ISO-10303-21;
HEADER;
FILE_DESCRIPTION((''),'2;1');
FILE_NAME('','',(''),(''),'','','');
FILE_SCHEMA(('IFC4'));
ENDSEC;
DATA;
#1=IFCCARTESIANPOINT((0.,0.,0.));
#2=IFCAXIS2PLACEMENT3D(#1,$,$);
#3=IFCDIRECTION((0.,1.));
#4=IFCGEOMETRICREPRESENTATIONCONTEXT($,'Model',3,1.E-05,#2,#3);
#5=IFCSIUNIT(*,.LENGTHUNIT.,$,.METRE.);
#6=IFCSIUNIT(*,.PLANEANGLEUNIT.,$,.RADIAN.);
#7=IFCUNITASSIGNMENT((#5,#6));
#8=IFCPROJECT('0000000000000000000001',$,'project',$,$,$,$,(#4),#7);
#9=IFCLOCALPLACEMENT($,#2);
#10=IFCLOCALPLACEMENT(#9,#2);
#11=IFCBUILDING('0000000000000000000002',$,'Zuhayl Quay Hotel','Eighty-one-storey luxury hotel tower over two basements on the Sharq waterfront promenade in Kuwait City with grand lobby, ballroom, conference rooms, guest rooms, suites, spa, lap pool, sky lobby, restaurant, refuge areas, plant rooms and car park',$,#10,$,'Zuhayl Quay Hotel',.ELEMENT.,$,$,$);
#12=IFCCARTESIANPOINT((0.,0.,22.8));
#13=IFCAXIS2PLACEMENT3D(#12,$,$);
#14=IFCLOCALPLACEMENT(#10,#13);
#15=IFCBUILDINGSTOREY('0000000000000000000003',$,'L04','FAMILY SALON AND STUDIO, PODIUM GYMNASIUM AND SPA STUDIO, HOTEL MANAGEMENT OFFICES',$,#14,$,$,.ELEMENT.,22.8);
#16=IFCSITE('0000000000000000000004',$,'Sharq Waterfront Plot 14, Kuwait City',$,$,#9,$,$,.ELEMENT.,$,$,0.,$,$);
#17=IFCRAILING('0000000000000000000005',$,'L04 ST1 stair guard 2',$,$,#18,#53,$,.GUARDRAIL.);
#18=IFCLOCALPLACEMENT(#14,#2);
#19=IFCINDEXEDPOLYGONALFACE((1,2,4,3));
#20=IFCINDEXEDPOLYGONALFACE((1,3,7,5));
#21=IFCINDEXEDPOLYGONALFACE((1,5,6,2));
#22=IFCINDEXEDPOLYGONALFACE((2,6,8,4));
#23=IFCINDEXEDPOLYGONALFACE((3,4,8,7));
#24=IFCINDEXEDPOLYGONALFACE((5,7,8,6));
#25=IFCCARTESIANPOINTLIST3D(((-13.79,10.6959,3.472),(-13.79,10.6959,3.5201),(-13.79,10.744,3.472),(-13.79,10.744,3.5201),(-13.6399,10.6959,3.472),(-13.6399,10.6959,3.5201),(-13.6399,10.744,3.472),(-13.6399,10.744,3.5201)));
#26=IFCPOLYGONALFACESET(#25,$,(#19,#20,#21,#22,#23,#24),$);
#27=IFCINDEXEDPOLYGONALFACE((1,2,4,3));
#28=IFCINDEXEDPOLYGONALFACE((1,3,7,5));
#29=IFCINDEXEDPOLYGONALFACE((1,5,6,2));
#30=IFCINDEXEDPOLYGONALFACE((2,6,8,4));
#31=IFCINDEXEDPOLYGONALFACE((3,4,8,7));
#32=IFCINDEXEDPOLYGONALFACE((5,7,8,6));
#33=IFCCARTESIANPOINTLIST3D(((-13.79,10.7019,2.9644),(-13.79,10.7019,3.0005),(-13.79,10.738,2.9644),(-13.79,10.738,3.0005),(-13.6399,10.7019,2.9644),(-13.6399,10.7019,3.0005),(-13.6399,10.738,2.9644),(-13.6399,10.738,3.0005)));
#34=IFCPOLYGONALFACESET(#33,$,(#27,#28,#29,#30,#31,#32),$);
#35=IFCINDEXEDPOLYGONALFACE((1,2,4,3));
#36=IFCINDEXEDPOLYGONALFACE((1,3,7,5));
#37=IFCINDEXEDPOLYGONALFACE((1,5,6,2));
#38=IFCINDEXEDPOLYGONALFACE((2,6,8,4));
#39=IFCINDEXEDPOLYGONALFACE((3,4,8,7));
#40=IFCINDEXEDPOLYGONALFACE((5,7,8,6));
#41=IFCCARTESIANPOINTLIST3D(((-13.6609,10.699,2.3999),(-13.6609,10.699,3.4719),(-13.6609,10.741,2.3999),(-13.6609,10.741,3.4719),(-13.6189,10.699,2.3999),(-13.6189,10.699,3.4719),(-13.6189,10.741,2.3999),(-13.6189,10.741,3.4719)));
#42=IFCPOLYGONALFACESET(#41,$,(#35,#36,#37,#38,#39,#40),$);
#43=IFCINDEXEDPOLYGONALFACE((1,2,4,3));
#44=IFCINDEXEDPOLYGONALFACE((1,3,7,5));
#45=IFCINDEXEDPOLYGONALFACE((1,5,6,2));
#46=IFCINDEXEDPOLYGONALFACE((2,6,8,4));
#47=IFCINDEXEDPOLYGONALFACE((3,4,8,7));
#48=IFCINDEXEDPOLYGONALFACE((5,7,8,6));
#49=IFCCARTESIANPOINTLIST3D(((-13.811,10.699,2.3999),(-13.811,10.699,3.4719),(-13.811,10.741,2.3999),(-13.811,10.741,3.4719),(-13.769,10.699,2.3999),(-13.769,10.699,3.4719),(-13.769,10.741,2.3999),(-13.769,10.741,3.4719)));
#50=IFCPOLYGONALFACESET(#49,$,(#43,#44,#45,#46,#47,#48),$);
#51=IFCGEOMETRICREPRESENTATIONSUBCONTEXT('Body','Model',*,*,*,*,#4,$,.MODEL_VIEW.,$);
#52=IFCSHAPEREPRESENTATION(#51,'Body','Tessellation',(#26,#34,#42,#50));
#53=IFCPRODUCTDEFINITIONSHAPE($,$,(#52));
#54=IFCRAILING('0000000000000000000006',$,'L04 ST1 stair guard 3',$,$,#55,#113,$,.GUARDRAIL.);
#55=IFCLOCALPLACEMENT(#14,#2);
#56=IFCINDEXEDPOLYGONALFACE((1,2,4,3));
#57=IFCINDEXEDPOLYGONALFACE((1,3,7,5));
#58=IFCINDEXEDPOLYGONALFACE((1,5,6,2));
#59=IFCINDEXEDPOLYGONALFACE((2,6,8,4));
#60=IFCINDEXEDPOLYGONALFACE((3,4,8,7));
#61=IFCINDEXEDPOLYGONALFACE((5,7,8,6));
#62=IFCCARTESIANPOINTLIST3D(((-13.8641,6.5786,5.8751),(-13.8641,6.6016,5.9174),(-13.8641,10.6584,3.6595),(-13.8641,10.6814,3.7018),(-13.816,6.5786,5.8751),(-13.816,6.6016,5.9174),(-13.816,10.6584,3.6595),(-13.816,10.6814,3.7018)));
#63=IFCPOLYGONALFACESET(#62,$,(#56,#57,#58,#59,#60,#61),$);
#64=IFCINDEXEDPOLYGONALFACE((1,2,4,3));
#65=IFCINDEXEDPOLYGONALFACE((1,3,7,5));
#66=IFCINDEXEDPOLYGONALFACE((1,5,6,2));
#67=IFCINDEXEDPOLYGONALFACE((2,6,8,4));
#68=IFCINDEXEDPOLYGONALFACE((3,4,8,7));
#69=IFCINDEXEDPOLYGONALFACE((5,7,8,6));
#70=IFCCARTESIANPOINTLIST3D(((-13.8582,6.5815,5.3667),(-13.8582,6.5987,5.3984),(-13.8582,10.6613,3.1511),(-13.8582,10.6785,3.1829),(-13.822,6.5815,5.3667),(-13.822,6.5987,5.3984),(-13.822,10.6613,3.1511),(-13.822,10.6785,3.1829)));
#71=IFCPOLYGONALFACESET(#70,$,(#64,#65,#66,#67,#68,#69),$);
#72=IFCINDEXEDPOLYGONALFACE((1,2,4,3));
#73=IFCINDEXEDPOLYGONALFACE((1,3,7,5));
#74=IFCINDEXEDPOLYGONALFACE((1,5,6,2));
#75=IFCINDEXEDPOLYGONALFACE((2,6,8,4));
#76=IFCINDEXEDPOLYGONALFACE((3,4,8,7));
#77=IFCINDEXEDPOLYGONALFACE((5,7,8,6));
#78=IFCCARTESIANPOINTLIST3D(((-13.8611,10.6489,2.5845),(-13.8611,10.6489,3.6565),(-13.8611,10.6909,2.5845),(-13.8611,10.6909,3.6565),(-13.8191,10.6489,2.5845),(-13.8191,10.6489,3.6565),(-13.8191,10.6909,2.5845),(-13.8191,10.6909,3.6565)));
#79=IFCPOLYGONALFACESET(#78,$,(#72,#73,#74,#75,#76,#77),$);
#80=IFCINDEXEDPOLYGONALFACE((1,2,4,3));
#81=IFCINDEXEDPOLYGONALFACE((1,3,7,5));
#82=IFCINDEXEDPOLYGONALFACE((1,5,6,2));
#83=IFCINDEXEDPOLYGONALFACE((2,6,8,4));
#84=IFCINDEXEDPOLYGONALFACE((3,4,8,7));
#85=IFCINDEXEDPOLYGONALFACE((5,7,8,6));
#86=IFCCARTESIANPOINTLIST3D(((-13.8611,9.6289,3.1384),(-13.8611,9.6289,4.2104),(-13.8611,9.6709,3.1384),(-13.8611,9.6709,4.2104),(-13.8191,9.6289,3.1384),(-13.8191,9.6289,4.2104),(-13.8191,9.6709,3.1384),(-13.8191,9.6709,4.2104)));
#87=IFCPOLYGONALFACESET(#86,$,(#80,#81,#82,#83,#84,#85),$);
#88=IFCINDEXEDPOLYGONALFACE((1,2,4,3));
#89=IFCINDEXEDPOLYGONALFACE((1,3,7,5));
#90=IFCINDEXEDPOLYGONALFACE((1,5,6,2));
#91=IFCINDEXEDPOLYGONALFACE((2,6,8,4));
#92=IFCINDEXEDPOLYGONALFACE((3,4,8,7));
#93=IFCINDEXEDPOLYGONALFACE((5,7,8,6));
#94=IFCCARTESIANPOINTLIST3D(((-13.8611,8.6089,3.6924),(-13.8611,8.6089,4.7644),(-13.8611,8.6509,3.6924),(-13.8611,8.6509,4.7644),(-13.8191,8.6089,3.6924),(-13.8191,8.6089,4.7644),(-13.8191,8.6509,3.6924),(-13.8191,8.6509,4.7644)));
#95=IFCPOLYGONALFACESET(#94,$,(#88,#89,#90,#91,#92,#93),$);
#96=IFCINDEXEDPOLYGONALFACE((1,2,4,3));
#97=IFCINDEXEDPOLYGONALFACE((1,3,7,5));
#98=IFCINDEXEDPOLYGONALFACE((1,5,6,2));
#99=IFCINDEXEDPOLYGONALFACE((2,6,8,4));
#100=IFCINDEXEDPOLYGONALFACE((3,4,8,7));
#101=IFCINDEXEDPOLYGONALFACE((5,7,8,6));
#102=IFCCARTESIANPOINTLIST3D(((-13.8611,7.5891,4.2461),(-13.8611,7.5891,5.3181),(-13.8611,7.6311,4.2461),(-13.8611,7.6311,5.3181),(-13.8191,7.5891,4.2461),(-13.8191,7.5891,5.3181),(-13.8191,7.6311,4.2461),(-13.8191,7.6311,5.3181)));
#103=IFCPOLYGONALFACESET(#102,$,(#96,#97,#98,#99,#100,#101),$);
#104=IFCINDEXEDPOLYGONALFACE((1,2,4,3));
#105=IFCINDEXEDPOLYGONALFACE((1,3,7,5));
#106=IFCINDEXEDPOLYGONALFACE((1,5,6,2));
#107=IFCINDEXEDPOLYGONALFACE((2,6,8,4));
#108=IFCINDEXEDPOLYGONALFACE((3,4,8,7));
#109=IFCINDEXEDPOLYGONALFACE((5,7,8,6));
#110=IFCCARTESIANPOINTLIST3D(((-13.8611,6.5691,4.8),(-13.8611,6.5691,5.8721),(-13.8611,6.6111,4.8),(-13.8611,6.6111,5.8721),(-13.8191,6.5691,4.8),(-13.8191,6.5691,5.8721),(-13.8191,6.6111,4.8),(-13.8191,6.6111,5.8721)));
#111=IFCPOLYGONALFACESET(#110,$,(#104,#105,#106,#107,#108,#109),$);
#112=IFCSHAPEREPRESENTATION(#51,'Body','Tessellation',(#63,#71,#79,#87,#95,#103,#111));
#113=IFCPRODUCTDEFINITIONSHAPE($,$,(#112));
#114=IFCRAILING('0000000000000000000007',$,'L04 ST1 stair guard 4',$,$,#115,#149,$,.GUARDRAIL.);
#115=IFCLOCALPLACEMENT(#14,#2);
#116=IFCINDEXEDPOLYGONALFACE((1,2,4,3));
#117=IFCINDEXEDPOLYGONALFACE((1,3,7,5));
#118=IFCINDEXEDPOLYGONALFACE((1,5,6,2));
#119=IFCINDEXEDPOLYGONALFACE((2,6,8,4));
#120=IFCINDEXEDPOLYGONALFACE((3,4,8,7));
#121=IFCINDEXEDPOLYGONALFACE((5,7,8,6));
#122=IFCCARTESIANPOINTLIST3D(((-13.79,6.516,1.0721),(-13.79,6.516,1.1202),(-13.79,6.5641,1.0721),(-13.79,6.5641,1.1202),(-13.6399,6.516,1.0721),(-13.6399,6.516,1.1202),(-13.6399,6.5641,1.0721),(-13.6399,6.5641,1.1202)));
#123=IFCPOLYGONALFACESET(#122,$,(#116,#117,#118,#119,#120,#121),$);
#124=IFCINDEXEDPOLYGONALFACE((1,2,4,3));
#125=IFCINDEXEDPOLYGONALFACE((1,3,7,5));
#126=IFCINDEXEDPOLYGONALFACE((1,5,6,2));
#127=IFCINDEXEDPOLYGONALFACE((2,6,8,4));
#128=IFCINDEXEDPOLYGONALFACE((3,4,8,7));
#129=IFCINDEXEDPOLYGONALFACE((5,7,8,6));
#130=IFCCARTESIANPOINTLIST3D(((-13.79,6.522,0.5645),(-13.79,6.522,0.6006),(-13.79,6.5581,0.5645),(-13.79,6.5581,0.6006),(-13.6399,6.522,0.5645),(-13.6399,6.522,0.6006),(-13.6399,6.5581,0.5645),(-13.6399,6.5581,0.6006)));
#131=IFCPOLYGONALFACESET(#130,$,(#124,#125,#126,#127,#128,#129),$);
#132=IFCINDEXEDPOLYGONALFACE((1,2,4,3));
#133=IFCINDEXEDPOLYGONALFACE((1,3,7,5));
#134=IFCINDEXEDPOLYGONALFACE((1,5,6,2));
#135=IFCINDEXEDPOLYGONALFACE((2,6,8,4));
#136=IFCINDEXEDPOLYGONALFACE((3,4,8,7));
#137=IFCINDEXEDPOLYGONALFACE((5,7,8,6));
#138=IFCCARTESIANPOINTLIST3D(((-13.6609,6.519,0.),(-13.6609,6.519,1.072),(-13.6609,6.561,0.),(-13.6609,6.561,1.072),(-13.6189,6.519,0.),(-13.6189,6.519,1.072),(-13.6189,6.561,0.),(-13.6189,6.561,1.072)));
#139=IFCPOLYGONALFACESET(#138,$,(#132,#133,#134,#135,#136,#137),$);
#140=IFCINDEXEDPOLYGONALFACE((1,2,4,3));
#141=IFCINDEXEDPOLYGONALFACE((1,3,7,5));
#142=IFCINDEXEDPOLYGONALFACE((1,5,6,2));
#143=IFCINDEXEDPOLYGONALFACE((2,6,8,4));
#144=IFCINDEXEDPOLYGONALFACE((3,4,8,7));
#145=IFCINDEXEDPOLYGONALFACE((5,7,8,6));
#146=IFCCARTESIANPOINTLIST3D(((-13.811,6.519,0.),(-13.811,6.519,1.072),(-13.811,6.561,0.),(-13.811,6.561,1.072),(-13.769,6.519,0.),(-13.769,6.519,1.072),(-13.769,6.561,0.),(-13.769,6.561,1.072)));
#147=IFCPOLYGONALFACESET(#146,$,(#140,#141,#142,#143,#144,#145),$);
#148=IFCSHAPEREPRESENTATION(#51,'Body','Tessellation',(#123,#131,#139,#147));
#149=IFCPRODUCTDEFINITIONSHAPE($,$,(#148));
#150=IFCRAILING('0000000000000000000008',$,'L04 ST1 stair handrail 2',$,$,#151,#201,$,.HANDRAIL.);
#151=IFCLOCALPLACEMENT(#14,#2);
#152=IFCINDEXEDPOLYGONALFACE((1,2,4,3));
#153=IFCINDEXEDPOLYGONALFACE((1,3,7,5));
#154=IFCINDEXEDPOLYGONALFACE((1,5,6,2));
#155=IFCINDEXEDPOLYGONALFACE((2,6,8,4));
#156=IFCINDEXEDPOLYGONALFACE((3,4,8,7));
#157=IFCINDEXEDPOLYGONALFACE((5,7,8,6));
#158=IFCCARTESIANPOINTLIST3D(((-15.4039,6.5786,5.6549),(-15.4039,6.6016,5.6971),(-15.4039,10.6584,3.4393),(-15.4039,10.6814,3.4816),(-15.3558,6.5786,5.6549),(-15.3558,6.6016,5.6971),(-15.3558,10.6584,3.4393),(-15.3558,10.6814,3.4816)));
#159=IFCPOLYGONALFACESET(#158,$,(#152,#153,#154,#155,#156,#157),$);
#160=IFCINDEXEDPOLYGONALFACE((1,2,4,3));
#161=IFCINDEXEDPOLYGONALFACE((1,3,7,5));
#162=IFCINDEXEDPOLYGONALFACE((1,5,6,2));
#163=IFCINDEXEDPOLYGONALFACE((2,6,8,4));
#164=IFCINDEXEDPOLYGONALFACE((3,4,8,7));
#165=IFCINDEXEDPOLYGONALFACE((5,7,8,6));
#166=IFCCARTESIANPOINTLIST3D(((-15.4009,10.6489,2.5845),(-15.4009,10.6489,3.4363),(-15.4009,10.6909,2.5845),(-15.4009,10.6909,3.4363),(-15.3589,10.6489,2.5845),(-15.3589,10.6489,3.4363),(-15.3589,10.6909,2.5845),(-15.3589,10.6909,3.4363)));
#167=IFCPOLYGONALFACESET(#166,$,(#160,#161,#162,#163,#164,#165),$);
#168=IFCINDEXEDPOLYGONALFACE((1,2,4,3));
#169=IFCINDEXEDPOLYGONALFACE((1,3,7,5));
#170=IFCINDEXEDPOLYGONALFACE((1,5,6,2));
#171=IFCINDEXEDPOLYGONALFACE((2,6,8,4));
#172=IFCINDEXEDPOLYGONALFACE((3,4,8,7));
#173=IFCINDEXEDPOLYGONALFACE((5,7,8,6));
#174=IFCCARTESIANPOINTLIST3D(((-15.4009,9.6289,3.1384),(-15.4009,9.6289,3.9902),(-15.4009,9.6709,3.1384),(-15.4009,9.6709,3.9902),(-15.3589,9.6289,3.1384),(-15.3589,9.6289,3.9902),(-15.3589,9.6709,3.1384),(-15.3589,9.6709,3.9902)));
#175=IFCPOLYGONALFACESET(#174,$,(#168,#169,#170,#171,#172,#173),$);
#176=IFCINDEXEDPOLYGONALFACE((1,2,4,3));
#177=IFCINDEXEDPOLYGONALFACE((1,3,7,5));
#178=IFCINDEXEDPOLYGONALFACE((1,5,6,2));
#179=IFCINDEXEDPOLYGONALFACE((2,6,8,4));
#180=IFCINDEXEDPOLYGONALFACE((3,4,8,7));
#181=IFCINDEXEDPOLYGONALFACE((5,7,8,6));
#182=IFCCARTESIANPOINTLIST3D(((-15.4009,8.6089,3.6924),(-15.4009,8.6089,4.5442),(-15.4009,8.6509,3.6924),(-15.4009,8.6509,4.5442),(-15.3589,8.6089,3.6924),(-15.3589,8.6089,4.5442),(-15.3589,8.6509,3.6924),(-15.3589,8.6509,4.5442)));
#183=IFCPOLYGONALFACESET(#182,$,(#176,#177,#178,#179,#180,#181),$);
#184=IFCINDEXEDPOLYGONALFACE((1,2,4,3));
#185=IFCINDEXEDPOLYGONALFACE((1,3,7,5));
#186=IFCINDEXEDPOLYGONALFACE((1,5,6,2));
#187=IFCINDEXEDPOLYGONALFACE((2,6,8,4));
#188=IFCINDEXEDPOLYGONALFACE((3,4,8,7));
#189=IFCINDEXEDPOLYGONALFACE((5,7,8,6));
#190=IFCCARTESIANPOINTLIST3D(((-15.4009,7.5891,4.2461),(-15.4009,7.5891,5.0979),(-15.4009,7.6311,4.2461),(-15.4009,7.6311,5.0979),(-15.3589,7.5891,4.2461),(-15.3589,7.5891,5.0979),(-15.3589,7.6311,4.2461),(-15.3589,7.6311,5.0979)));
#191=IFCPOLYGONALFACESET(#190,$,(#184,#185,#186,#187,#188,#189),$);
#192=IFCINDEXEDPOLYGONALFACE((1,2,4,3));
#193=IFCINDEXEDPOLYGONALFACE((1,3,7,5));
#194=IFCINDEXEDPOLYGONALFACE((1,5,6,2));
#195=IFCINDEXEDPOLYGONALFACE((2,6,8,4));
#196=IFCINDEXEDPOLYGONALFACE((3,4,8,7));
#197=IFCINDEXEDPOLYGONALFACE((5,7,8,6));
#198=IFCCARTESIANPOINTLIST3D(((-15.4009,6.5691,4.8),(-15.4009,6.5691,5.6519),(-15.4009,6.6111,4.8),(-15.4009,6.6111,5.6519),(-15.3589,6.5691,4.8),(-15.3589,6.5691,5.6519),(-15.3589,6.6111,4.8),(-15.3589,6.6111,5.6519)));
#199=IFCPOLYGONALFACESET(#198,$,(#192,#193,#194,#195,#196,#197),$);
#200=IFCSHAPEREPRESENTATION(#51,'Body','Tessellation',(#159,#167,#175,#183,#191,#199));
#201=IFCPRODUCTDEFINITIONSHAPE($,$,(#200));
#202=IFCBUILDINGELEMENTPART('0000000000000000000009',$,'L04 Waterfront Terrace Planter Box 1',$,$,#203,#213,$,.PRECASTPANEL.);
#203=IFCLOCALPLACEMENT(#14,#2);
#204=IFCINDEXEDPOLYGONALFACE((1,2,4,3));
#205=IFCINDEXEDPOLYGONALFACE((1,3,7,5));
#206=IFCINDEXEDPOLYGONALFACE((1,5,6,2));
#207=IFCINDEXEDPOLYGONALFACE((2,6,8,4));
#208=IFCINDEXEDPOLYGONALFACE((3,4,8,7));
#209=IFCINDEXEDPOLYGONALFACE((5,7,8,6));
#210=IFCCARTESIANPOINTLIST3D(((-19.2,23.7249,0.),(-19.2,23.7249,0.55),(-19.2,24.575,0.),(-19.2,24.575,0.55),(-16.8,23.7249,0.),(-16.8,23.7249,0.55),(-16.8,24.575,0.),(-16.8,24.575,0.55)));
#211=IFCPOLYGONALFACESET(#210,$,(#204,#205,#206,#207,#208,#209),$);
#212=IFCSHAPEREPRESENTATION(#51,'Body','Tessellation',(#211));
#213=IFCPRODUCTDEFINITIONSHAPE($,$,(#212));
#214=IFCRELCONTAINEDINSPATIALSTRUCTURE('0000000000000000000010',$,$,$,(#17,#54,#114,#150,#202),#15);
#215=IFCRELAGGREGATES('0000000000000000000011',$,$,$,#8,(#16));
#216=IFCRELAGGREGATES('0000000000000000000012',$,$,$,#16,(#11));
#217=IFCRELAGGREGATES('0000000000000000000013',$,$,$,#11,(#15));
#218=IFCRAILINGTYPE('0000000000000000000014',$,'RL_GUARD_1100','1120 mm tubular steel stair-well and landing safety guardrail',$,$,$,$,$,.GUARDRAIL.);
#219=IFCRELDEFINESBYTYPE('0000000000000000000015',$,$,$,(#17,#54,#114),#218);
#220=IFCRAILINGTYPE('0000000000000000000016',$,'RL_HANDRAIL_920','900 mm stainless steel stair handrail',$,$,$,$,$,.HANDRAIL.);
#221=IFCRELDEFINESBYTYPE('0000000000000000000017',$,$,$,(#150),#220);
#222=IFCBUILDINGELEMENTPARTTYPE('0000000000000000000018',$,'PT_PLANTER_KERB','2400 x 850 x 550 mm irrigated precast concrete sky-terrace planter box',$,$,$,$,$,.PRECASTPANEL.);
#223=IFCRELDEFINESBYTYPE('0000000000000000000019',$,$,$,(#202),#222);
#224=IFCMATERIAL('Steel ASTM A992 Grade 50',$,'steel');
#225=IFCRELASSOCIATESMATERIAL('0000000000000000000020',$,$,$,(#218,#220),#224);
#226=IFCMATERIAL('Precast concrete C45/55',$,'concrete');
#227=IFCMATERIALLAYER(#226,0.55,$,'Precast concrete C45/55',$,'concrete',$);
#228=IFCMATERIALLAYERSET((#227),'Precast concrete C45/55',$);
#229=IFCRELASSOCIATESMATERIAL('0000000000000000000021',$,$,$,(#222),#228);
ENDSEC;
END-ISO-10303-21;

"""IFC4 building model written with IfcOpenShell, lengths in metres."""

from ifc_helpers import new_model, si_unit, direction, frame, origin, origin_2d, place, context, subcontext, project, spatial, rectangle, extrude, material, layer, layer_set, type_object, element, save


model = new_model("IFC4")

# Units and contexts
model_context = context("Model", 3, precision=1e-05, world=origin(), true_north=direction((0.0, 1.0)))
body_context = subcontext(model_context, "Body", "Model", "MODEL_VIEW")
ifc_project = project(units=[si_unit("LENGTHUNIT", "METRE"), si_unit("PLANEANGLEUNIT", "RADIAN")], contexts=[model_context])

# Site, building, storey
site_placement = place(None, origin())
site = spatial("IfcSite", under=ifc_project, at=site_placement, Name="Sharq Waterfront Plot 14, Kuwait City", CompositionType="ELEMENT", RefElevation=0.0)
building_placement = place(site_placement, origin())
building = spatial("IfcBuilding", under=site, at=building_placement, Name="Zuhayl Quay Hotel", Description="Eighty-one-storey luxury hotel tower over two basements on the Sharq waterfront promenade in Kuwait City with grand lobby, ballroom, conference rooms, guest rooms, suites, spa, lap pool, sky lobby, restaurant, refuge areas, plant rooms and car park", LongName="Zuhayl Quay Hotel", CompositionType="ELEMENT")
storey_placement = place(building_placement, frame((0.0, 0.0, 22.8)))
storey = spatial("IfcBuildingStorey", under=building, at=storey_placement, Name="L04", Description="FAMILY SALON AND STUDIO, PODIUM GYMNASIUM AND SPA STUDIO, HOTEL MANAGEMENT OFFICES", CompositionType="ELEMENT", Elevation=22.8)

# Shared definitions
ifc_material_1 = material(Name="Steel ASTM A992 Grade 50", Category="steel")

# Shared definitions
ifc_material_2 = material(Name="Precast concrete C45/55", Category="concrete")

# Railings
railing_type_1 = type_object("IfcRailingType", Name="RL_GUARD_1100", Description="1120 mm tubular steel stair-well and landing safety guardrail", PredefinedType="GUARDRAIL", material=ifc_material_1)
railing_1_placement = place(storey_placement, frame((-13.6399, 10.72, 2.3999)))
element("IfcRailing", 1, at=railing_1_placement, inside=storey, type_object=railing_type_1, Name="L04 ST1 stair guard 2", PredefinedType="GUARDRAIL", context=body_context, shape_type="SweptSolid", body=[
    extrude(rectangle(XDim=0.0481, YDim=0.0481, at=origin_2d()), frame((0.0, 0.0, 1.0962), z_axis=(-1.0, 0.0, 0.0), x_axis=(0.0, -1.0, 0.0)), (0.0, 0.0, 1.0), 0.1501),
    extrude(rectangle(XDim=0.0361, YDim=0.0361, at=origin_2d()), frame((0.0, 0.0, 0.5825), z_axis=(-1.0, 0.0, 0.0), x_axis=(0.0, -1.0, 0.0)), (0.0, 0.0, 1.0), 0.1501),
    extrude(rectangle(XDim=0.042, YDim=0.042, at=origin_2d()), origin(), (0.0, 0.0, 1.0), 1.072),
    extrude(rectangle(XDim=0.042, YDim=0.042, at=origin_2d()), frame((-0.1501, 0.0, 0.0)), (0.0, 0.0, 1.0), 1.072),
])
railing_2_placement = place(storey_placement, frame((-13.8401, 10.6699, 2.5845)))
element("IfcRailing", 2, at=railing_2_placement, inside=storey, type_object=railing_type_1, Name="L04 ST1 stair guard 3", PredefinedType="GUARDRAIL", context=body_context, shape_type="SweptSolid", body=[
    extrude(rectangle(XDim=0.0481, YDim=0.0481, at=origin_2d()), frame((0.0, 0.0, 1.0962), z_axis=(0.0, -0.87878, 0.477226), x_axis=(1.0, 0.0, 0.0)), (0.0, 0.0, 1.0), 4.6426),
    extrude(rectangle(XDim=0.0361, YDim=0.0361, at=origin_2d()), frame((0.0, 0.0, 0.5825), z_axis=(0.0, -0.87878, 0.477226), x_axis=(1.0, 0.0, 0.0)), (0.0, 0.0, 1.0), 4.6426),
    extrude(rectangle(XDim=0.042, YDim=0.042, at=origin_2d()), origin(), (0.0, 0.0, 1.0), 1.072),
    extrude(rectangle(XDim=0.042, YDim=0.042, at=origin_2d()), frame((0.0, -1.02, 0.554)), (0.0, 0.0, 1.0), 1.072),
    extrude(rectangle(XDim=0.042, YDim=0.042, at=origin_2d()), frame((0.0, -2.04, 1.1079)), (0.0, 0.0, 1.0), 1.072),
    extrude(rectangle(XDim=0.042, YDim=0.042, at=origin_2d()), frame((0.0, -3.0598, 1.6616)), (0.0, 0.0, 1.0), 1.072),
    extrude(rectangle(XDim=0.042, YDim=0.042, at=origin_2d()), frame((0.0, -4.0798, 2.2156)), (0.0, 0.0, 1.0), 1.072),
])
railing_3_placement = place(storey_placement, frame((-13.6399, 6.54, 0.0)))
element("IfcRailing", 3, at=railing_3_placement, inside=storey, type_object=railing_type_1, Name="L04 ST1 stair guard 4", PredefinedType="GUARDRAIL", context=body_context, shape_type="SweptSolid", body=[
    extrude(rectangle(XDim=0.0481, YDim=0.0481, at=origin_2d()), frame((0.0, 0.0, 1.0962), z_axis=(-1.0, 0.0, 0.0), x_axis=(0.0, -1.0, 0.0)), (0.0, 0.0, 1.0), 0.1501),
    extrude(rectangle(XDim=0.0361, YDim=0.0361, at=origin_2d()), frame((0.0, 0.0, 0.5825), z_axis=(-1.0, 0.0, 0.0), x_axis=(0.0, -1.0, 0.0)), (0.0, 0.0, 1.0), 0.1501),
    extrude(rectangle(XDim=0.042, YDim=0.042, at=origin_2d()), origin(), (0.0, 0.0, 1.0), 1.072),
    extrude(rectangle(XDim=0.042, YDim=0.042, at=origin_2d()), frame((-0.1501, 0.0, 0.0)), (0.0, 0.0, 1.0), 1.072),
])
railing_type_2 = type_object("IfcRailingType", Name="RL_HANDRAIL_920", Description="900 mm stainless steel stair handrail", PredefinedType="HANDRAIL", material=ifc_material_1)
railing_4_placement = place(storey_placement, frame((-15.3799, 10.6699, 2.5845)))
element("IfcRailing", 4, at=railing_4_placement, inside=storey, type_object=railing_type_2, Name="L04 ST1 stair handrail 2", PredefinedType="HANDRAIL", context=body_context, shape_type="SweptSolid", body=[
    extrude(rectangle(XDim=0.0481, YDim=0.0481, at=origin_2d()), frame((0.0, 0.0, 0.876), z_axis=(0.0, -0.87878, 0.477226), x_axis=(1.0, 0.0, 0.0)), (0.0, 0.0, 1.0), 4.6426),
    extrude(rectangle(XDim=0.042, YDim=0.042, at=origin_2d()), origin(), (0.0, 0.0, 1.0), 0.8518),
    extrude(rectangle(XDim=0.042, YDim=0.042, at=origin_2d()), frame((0.0, -1.02, 0.554)), (0.0, 0.0, 1.0), 0.8518),
    extrude(rectangle(XDim=0.042, YDim=0.042, at=origin_2d()), frame((0.0, -2.04, 1.1079)), (0.0, 0.0, 1.0), 0.8518),
    extrude(rectangle(XDim=0.042, YDim=0.042, at=origin_2d()), frame((0.0, -3.0598, 1.6616)), (0.0, 0.0, 1.0), 0.8518),
    extrude(rectangle(XDim=0.042, YDim=0.042, at=origin_2d()), frame((0.0, -4.0798, 2.2156)), (0.0, 0.0, 1.0), 0.8518),
])

# Building element part
ifc_layer_1 = layer(ifc_material_2, 0.55, Name="Precast concrete C45/55", Category="concrete")
ifc_layer_set_1 = layer_set([ifc_layer_1], Name="Precast concrete C45/55")
building_element_part_type = type_object("IfcBuildingElementPartType", Name="PT_PLANTER_KERB", Description="2400 x 850 x 550 mm irrigated precast concrete sky-terrace planter box", PredefinedType="PRECASTPANEL", material=ifc_layer_set_1)
building_element_part_placement = place(storey_placement, frame((-18.0, 24.1499, 0.0), z_axis=(0.0, 0.0, 1.0), x_axis=(1.0, 0.0, 0.0)))
element("IfcBuildingElementPart", 5, at=building_element_part_placement, inside=storey, type_object=building_element_part_type, Name="L04 Waterfront Terrace Planter Box 1", PredefinedType="PRECASTPANEL", context=body_context, shape_type="SweptSolid", body=[
    extrude(rectangle(XDim=2.3999, YDim=0.8501, at=origin_2d()), origin(), (0.0, 0.0, 1.0), 0.55),
])

save(model, "model.ifc")
